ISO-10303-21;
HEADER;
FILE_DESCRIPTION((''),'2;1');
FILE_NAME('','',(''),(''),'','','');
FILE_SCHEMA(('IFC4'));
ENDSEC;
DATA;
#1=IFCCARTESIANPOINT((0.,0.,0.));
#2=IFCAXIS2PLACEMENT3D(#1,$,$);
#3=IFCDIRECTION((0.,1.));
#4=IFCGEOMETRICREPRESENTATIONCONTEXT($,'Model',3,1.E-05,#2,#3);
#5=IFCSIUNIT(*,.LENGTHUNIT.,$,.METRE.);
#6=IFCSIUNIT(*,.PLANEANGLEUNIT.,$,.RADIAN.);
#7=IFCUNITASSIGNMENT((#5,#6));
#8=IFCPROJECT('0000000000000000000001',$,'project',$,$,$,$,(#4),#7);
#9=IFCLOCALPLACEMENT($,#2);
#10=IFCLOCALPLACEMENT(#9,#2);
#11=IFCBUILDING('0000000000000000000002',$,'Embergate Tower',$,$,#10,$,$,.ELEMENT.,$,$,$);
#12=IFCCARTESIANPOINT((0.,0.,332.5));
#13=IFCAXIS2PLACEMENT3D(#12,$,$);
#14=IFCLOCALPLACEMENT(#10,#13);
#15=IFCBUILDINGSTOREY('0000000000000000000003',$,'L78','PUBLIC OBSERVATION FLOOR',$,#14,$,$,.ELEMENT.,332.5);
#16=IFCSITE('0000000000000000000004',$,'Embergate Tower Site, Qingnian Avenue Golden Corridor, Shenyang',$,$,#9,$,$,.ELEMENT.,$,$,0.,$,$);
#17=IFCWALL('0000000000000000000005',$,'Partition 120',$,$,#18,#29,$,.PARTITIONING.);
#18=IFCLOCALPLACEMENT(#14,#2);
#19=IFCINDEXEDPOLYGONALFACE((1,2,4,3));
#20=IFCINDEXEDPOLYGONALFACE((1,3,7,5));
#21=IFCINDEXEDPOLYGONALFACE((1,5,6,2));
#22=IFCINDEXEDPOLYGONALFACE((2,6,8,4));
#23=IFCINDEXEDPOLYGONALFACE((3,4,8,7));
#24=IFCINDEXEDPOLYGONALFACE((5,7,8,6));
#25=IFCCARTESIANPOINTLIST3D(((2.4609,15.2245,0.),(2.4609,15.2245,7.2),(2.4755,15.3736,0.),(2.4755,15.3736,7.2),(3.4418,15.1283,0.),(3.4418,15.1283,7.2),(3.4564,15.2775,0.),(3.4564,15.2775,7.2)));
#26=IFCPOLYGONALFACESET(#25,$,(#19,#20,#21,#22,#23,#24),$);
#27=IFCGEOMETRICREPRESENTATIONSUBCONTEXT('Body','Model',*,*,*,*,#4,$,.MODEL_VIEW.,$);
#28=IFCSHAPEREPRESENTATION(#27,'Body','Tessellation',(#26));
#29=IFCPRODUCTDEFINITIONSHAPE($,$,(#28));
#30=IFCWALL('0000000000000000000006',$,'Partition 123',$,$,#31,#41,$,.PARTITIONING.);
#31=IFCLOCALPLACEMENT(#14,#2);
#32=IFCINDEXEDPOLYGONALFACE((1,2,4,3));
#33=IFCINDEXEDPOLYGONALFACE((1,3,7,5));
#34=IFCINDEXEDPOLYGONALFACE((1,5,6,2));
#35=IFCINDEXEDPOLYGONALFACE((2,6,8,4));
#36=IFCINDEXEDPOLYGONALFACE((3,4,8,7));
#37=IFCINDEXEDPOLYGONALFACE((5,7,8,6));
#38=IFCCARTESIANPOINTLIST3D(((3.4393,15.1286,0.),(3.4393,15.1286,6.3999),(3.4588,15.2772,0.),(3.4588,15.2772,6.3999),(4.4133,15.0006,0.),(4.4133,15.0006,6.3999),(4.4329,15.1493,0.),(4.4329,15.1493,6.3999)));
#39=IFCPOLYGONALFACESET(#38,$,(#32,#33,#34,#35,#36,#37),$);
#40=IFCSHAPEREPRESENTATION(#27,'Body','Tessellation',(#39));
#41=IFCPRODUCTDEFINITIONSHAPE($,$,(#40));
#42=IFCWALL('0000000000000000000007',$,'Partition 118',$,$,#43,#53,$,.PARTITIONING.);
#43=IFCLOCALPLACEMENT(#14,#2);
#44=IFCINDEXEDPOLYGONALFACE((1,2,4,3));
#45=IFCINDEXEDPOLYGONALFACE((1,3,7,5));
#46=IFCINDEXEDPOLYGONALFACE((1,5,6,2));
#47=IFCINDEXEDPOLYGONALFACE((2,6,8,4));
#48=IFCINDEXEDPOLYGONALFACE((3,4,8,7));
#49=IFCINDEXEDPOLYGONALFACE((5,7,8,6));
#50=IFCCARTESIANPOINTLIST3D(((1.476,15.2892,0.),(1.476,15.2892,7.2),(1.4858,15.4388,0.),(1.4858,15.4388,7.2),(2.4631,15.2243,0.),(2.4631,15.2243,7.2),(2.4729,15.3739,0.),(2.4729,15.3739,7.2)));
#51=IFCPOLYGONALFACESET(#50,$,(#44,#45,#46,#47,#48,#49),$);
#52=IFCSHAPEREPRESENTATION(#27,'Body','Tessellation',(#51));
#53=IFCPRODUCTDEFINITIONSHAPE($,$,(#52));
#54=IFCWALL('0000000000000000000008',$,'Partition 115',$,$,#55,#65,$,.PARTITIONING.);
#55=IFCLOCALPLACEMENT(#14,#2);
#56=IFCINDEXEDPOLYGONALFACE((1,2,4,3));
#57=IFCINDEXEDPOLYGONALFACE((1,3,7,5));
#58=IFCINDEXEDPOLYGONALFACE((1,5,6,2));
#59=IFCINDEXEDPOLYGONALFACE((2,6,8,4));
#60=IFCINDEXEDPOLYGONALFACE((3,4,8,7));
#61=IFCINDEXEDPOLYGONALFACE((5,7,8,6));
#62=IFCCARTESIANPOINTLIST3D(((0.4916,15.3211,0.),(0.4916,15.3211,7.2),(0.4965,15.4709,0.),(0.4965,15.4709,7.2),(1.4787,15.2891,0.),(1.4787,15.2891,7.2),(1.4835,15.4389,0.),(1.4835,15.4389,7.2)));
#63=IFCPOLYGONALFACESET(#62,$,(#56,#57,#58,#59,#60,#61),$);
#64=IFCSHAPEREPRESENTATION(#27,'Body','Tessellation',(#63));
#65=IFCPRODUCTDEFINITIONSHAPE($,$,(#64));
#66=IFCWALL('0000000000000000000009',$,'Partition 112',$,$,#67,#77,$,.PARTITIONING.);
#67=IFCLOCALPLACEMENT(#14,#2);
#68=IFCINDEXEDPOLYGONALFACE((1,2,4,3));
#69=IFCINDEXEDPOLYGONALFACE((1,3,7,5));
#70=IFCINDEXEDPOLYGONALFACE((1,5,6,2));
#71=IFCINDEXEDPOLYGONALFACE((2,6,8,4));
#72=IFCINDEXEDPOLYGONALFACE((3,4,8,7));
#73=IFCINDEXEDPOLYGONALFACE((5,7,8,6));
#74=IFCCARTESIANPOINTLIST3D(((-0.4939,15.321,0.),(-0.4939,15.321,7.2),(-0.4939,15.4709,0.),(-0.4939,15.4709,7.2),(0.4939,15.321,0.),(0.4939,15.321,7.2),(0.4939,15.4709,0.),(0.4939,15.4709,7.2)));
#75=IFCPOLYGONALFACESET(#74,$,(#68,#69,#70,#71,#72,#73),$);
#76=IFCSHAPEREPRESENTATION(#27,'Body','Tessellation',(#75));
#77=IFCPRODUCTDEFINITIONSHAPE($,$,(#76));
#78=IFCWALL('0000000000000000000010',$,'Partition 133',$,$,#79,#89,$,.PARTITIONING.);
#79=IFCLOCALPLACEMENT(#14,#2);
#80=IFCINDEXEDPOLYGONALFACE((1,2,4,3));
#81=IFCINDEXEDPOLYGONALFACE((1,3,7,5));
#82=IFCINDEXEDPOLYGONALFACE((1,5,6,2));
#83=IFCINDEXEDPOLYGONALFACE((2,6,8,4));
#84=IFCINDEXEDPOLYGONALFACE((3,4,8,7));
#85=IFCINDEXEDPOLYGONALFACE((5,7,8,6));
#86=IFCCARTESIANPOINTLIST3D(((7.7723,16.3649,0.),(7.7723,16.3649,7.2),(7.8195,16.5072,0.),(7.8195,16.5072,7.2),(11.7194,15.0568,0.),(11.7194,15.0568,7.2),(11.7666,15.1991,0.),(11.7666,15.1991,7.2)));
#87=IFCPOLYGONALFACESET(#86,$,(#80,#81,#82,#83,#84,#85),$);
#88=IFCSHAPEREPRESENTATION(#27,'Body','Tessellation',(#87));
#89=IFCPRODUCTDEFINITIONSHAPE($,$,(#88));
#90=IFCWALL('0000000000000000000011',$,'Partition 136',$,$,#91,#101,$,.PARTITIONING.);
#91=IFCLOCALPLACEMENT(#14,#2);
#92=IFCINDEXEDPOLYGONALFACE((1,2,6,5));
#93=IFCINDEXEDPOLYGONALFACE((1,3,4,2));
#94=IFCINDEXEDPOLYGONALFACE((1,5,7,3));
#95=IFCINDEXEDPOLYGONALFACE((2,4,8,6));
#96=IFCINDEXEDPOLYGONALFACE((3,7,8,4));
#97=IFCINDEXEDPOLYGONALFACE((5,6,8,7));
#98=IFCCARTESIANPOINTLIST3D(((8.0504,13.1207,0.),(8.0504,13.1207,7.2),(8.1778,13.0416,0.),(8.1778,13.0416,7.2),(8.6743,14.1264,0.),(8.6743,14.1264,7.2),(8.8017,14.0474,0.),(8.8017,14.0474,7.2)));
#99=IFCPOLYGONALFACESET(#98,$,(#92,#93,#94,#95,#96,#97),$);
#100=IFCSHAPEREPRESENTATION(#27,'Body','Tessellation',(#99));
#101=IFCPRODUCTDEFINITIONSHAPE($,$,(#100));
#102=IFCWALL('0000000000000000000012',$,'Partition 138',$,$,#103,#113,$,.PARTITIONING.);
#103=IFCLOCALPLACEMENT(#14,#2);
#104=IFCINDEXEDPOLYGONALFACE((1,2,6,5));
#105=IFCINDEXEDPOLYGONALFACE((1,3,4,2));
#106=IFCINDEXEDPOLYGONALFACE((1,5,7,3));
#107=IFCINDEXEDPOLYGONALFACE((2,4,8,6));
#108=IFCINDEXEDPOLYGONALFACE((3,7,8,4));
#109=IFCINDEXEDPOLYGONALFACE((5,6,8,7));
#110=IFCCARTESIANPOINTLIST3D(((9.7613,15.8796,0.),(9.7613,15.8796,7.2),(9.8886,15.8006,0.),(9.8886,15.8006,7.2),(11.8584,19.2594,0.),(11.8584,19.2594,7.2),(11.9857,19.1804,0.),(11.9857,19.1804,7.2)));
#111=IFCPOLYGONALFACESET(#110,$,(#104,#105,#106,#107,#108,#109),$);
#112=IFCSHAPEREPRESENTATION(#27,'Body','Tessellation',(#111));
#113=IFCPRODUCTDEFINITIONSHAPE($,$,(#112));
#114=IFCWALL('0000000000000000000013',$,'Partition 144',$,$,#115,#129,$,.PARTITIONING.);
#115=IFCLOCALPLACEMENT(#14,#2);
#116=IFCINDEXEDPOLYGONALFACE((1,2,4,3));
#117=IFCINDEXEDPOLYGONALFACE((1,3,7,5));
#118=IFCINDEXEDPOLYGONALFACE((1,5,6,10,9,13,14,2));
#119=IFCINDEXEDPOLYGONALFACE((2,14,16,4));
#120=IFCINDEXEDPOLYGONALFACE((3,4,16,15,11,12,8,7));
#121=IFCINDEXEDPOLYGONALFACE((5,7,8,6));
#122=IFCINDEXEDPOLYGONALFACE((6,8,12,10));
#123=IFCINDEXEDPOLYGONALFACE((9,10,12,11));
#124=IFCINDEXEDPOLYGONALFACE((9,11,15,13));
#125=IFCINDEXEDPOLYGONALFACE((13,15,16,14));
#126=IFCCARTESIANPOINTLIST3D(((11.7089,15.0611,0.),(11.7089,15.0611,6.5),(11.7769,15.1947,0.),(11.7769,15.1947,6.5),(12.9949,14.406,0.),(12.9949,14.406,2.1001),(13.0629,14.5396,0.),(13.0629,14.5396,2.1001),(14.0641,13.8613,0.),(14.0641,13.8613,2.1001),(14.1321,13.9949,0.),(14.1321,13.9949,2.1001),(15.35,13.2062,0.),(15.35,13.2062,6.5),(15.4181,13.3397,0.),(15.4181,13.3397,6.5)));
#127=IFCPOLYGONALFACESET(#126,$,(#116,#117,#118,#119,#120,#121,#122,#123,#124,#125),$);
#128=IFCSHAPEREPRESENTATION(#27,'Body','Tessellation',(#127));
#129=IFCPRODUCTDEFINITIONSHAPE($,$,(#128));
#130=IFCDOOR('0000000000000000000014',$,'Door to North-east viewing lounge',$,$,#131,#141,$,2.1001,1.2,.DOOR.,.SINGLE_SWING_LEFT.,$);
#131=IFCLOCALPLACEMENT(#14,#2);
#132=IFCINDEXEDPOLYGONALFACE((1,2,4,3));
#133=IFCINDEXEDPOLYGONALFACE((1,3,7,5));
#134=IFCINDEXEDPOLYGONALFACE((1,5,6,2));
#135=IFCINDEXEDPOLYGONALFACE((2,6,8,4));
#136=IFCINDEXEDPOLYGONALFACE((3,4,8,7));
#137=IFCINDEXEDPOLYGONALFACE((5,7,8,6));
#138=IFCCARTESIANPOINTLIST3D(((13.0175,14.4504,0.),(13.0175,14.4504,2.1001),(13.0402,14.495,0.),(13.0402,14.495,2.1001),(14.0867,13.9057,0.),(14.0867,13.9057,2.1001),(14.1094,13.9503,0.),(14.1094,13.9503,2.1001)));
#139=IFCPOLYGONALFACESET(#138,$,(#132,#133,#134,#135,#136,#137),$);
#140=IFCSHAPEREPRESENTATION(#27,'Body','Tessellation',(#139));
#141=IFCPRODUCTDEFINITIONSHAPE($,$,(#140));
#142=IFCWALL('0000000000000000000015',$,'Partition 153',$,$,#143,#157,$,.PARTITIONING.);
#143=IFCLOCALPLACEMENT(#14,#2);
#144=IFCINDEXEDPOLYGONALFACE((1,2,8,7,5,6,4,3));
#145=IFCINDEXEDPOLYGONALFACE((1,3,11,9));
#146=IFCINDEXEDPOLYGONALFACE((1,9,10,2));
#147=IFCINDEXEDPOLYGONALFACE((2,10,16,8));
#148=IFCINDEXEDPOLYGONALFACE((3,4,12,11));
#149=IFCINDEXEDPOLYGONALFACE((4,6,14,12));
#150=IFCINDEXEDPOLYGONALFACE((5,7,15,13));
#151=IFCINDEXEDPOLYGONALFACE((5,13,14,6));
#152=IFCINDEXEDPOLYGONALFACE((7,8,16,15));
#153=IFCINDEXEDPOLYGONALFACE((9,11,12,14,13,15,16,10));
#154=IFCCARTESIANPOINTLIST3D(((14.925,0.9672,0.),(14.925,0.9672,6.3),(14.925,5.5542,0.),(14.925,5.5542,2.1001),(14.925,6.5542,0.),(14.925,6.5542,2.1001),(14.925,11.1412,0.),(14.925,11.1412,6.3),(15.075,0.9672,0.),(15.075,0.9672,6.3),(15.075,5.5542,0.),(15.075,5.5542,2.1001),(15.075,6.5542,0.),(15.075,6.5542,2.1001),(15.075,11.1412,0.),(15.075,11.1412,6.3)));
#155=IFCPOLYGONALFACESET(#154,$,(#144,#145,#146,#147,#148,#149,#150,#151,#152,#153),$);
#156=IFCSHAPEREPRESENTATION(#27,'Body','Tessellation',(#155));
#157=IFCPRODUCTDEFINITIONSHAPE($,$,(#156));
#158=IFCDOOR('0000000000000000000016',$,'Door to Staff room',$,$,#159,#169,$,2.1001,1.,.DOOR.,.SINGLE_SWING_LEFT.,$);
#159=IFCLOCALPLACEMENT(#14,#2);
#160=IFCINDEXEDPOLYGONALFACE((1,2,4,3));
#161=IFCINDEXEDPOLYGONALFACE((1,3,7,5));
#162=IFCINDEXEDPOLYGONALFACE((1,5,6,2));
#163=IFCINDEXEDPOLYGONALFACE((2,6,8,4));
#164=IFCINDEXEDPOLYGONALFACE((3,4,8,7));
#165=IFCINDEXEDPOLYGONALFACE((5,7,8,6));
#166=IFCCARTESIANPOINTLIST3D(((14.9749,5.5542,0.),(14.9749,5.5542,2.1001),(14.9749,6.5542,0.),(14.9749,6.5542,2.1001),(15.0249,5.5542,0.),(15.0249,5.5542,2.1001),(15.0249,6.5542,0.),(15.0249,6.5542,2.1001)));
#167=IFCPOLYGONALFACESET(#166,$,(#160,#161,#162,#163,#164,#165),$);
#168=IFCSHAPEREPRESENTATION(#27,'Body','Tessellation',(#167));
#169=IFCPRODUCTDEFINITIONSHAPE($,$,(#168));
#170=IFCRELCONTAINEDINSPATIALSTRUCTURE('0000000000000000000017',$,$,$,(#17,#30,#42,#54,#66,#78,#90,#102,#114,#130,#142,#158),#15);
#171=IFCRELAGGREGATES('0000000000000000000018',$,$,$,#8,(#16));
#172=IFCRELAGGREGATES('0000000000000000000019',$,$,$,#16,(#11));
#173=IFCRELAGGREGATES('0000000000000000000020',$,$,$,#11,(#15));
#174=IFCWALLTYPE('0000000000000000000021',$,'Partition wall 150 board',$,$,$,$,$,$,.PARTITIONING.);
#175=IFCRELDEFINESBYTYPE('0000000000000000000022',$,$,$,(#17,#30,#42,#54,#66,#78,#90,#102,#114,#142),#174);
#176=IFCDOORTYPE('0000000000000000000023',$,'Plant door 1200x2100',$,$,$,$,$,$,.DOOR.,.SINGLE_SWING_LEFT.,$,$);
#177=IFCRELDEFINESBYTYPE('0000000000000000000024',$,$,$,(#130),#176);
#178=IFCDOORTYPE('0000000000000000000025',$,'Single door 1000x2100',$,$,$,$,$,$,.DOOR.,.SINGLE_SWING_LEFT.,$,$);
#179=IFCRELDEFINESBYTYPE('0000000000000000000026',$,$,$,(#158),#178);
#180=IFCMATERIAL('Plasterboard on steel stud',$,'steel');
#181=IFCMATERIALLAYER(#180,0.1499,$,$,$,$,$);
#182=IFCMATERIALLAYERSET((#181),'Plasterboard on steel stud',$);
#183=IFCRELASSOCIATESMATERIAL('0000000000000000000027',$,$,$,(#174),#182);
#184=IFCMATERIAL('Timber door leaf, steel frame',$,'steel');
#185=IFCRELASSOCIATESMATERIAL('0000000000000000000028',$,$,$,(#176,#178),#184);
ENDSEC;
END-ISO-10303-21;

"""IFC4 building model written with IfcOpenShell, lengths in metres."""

from ifc_helpers import new_model, si_unit, direction, frame, frame_2d, origin, place, context, subcontext, project, spatial, rectangle, extrude, source, transform, mapped, material, layer, layer_set, type_object, element, fill, save


model = new_model("IFC4")

# Units and contexts
model_context = context("Model", 3, precision=1e-05, world=origin(), true_north=direction((0.0, 1.0)))
body_context = subcontext(model_context, "Body", "Model", "MODEL_VIEW")
ifc_project = project(units=[si_unit("LENGTHUNIT", "METRE"), si_unit("PLANEANGLEUNIT", "RADIAN")], contexts=[model_context])

# Site, building, storey
site_placement = place(None, origin())
site = spatial("IfcSite", under=ifc_project, at=site_placement, Name="Embergate Tower Site, Qingnian Avenue Golden Corridor, Shenyang", CompositionType="ELEMENT", RefElevation=0.0)
building_placement = place(site_placement, origin())
building = spatial("IfcBuilding", under=site, at=building_placement, Name="Embergate Tower", CompositionType="ELEMENT")
storey_placement = place(building_placement, frame((0.0, 0.0, 332.5)))
storey = spatial("IfcBuildingStorey", under=building, at=storey_placement, Name="L78", Description="PUBLIC OBSERVATION FLOOR", CompositionType="ELEMENT", Elevation=332.5)

# Walls
ifc_material_1 = material(Name="Plasterboard on steel stud", Category="steel")
ifc_layer_1 = layer(ifc_material_1, 0.1499)
ifc_layer_set_1 = layer_set([ifc_layer_1], Name="Plasterboard on steel stud")
wall_type_1 = type_object("IfcWallType", Name="Partition wall 150 board", PredefinedType="PARTITIONING", material=ifc_layer_set_1)
shared_shape_1 = source(origin(), body_context, "Body", "SweptSolid", [
    extrude(rectangle(XDim=0.9856, YDim=0.1499, at=frame_2d((0.4927, 0.0))), origin(), (0.0, 0.0, 1.0), 7.2),
])
wall_1_placement = place(storey_placement, frame((3.449, 15.2029, 0.0), z_axis=(0.0, 0.0, 1.0), x_axis=(-0.995227, 0.097591, 0.0)))
element("IfcWall", 1, at=wall_1_placement, inside=storey, type_object=wall_type_1, Name="Partition 120", PredefinedType="PARTITIONING", context=body_context, shape_type="MappedRepresentation", body=[
    mapped(shared_shape_1, transform((0.0, 0.0, 0.0))),
])
shared_shape_2 = source(origin(), body_context, "Body", "SweptSolid", [
    extrude(rectangle(XDim=0.9824, YDim=0.1499, at=frame_2d((0.4912, 0.0))), origin(), (0.0, 0.0, 1.0), 6.3999),
])
wall_2_placement = place(storey_placement, frame((4.4231, 15.075, 0.0), z_axis=(0.0, 0.0, 1.0), x_axis=(-0.991486, 0.13021, 0.0)))
element("IfcWall", 2, at=wall_2_placement, inside=storey, type_object=wall_type_1, Name="Partition 123", PredefinedType="PARTITIONING", context=body_context, shape_type="MappedRepresentation", body=[
    mapped(shared_shape_2, transform((0.0, 0.0, 0.0))),
])
shared_shape_3 = source(origin(), body_context, "Body", "SweptSolid", [
    extrude(rectangle(XDim=0.9893, YDim=0.1499, at=frame_2d((0.4946, 0.0))), origin(), (0.0, 0.0, 1.0), 7.2),
])
wall_3_placement = place(storey_placement, frame((2.468, 15.2991, 0.0), z_axis=(0.0, 0.0, 1.0), x_axis=(-0.997843, 0.065651, 0.0)))
element("IfcWall", 3, at=wall_3_placement, inside=storey, type_object=wall_type_1, Name="Partition 118", PredefinedType="PARTITIONING", context=body_context, shape_type="MappedRepresentation", body=[
    mapped(shared_shape_3, transform((0.0, 0.0, 0.0))),
])
shared_shape_4 = source(origin(), body_context, "Body", "SweptSolid", [
    extrude(rectangle(XDim=0.9875, YDim=0.1499, at=frame_2d((0.4937, 0.0))), origin(), (0.0, 0.0, 1.0), 7.2),
])
wall_4_placement = place(storey_placement, frame((1.481, 15.364, 0.0), z_axis=(0.0, 0.0, 1.0), x_axis=(-0.999475, 0.032385, 0.0)))
element("IfcWall", 4, at=wall_4_placement, inside=storey, type_object=wall_type_1, Name="Partition 115", PredefinedType="PARTITIONING", context=body_context, shape_type="MappedRepresentation", body=[
    mapped(shared_shape_4, transform((0.0, 0.0, 0.0))),
])
shared_shape_5 = source(origin(), body_context, "Body", "SweptSolid", [
    extrude(rectangle(XDim=0.9878, YDim=0.1499, at=frame_2d((0.4939, 0.0))), origin(), (0.0, 0.0, 1.0), 7.2),
])
wall_5_placement = place(storey_placement, frame((0.4939, 15.396, 0.0), z_axis=(0.0, 0.0, 1.0), x_axis=(-1.0, 0.0, 0.0)))
element("IfcWall", 5, at=wall_5_placement, inside=storey, type_object=wall_type_1, Name="Partition 112", PredefinedType="PARTITIONING", context=body_context, shape_type="MappedRepresentation", body=[
    mapped(shared_shape_5, transform((0.0, 0.0, 0.0))),
])
shared_shape_6 = source(origin(), body_context, "Body", "SweptSolid", [
    extrude(rectangle(XDim=4.1582, YDim=0.1499, at=frame_2d((2.0791, 0.0))), origin(), (0.0, 0.0, 1.0), 7.2),
])
wall_6_placement = place(storey_placement, frame((7.7959, 16.436, 0.0), z_axis=(0.0, 0.0, 1.0), x_axis=(0.949228, -0.314589, 0.0)))
element("IfcWall", 6, at=wall_6_placement, inside=storey, type_object=wall_type_1, Name="Partition 133", PredefinedType="PARTITIONING", context=body_context, shape_type="MappedRepresentation", body=[
    mapped(shared_shape_6, transform((0.0, 0.0, 0.0))),
])
shared_shape_7 = source(origin(), body_context, "Body", "SweptSolid", [
    extrude(rectangle(XDim=1.1836, YDim=0.1499, at=frame_2d((0.5918, 0.0))), origin(), (0.0, 0.0, 1.0), 7.2),
])
wall_7_placement = place(storey_placement, frame((8.738, 14.0869, 0.0), z_axis=(0.0, 0.0, 1.0), x_axis=(-0.527178, -0.849755, 0.0)))
element("IfcWall", 7, at=wall_7_placement, inside=storey, type_object=wall_type_1, Name="Partition 136", PredefinedType="PARTITIONING", context=body_context, shape_type="MappedRepresentation", body=[
    mapped(shared_shape_7, transform((0.0, 0.0, 0.0))),
])
shared_shape_8 = source(origin(), body_context, "Body", "SweptSolid", [
    extrude(rectangle(XDim=3.9775, YDim=0.1499, at=frame_2d((1.9888, 0.0))), origin(), (0.0, 0.0, 1.0), 7.2),
])
wall_8_placement = place(storey_placement, frame((9.825, 15.8401, 0.0), z_axis=(0.0, 0.0, 1.0), x_axis=(0.527238, 0.849718, 0.0)))
element("IfcWall", 8, at=wall_8_placement, inside=storey, type_object=wall_type_1, Name="Partition 138", PredefinedType="PARTITIONING", context=body_context, shape_type="MappedRepresentation", body=[
    mapped(shared_shape_8, transform((0.0, 0.0, 0.0))),
])

# Walls, openings, doors
shared_shape_9 = source(origin(), body_context, "Body", "SweptSolid", [
    extrude(rectangle(XDim=4.0864, YDim=0.1499, at=frame_2d((2.0432, 0.0))), origin(), (0.0, 0.0, 1.0), 6.5),
])
wall_9_placement = place(storey_placement, frame((11.7429, 15.1279, 0.0), z_axis=(0.0, 0.0, 1.0), x_axis=(0.891032, -0.45394, 0.0)))
wall_9 = element("IfcWall", 9, at=wall_9_placement, inside=storey, type_object=wall_type_1, Name="Partition 144", PredefinedType="PARTITIONING", context=body_context, shape_type="MappedRepresentation", body=[
    mapped(shared_shape_9, transform((0.0, 0.0, 0.0))),
])
shared_shape_10 = source(origin(), body_context, "Body", "SweptSolid", [
    extrude(rectangle(XDim=1.2, YDim=2.1001, at=frame_2d((0.6001, 1.05))), frame((0.0, 0.085, 0.0), z_axis=(0.0, -1.0, 0.0), x_axis=(1.0, 0.0, 0.0)), (0.0, 0.0, 1.0), 0.1699),
])
opening_1_placement = place(wall_9_placement, frame((1.4431, 0.0, 0.0)))
opening_1 = element("IfcOpeningElement", 10, at=opening_1_placement, cuts=wall_9, PredefinedType="OPENING", context=body_context, shape_type="MappedRepresentation", body=[
    mapped(shared_shape_10, transform((0.0, 0.0, 0.0))),
])
ifc_material_2 = material(Name="Timber door leaf, steel frame", Category="steel")
door_type_1 = type_object("IfcDoorType", Name="Plant door 1200x2100", OperationType="SINGLE_SWING_LEFT", PredefinedType="DOOR", material=ifc_material_2)
shared_shape_11 = source(origin(), body_context, "Body", "SweptSolid", [
    extrude(rectangle(XDim=1.2, YDim=2.1001, at=frame_2d((0.6001, 1.05))), frame((0.0, 0.0249, 0.0), z_axis=(0.0, -1.0, 0.0), x_axis=(1.0, 0.0, 0.0)), (0.0, 0.0, 1.0), 0.05),
])
door_1_placement = place(opening_1_placement, origin())
door_1 = element("IfcDoor", 11, at=door_1_placement, inside=storey, type_object=door_type_1, Name="Door to North-east viewing lounge", OperationType="SINGLE_SWING_LEFT", OverallHeight=2.1001, OverallWidth=1.2, PredefinedType="DOOR", context=body_context, shape_type="MappedRepresentation", body=[
    mapped(shared_shape_11, transform((0.0, 0.0, 0.0))),
])
fill(opening_1, door_1)
shared_shape_12 = source(origin(), body_context, "Body", "SweptSolid", [
    extrude(rectangle(XDim=10.1741, YDim=0.1499, at=frame_2d((5.0869, 0.0))), origin(), (0.0, 0.0, 1.0), 6.3),
])
wall_10_placement = place(storey_placement, frame((15.0, 11.1411, 0.0), z_axis=(0.0, 0.0, 1.0), x_axis=(0.0, -1.0, 0.0)))
wall_10 = element("IfcWall", 12, at=wall_10_placement, inside=storey, type_object=wall_type_1, Name="Partition 153", PredefinedType="PARTITIONING", context=body_context, shape_type="MappedRepresentation", body=[
    mapped(shared_shape_12, transform((0.0, 0.0, 0.0))),
])
shared_shape_13 = source(origin(), body_context, "Body", "SweptSolid", [
    extrude(rectangle(XDim=1.0, YDim=2.1001, at=frame_2d((0.5, 1.05))), frame((0.0, 0.085, 0.0), z_axis=(0.0, -1.0, 0.0), x_axis=(1.0, 0.0, 0.0)), (0.0, 0.0, 1.0), 0.1699),
])
opening_2_placement = place(wall_10_placement, frame((4.5869, 0.0, 0.0)))
opening_2 = element("IfcOpeningElement", 13, at=opening_2_placement, cuts=wall_10, PredefinedType="OPENING", context=body_context, shape_type="MappedRepresentation", body=[
    mapped(shared_shape_13, transform((0.0, 0.0, 0.0))),
])
door_type_2 = type_object("IfcDoorType", Name="Single door 1000x2100", OperationType="SINGLE_SWING_LEFT", PredefinedType="DOOR", material=ifc_material_2)
shared_shape_14 = source(origin(), body_context, "Body", "SweptSolid", [
    extrude(rectangle(XDim=1.0, YDim=2.1001, at=frame_2d((0.5, 1.05))), frame((0.0, 0.0249, 0.0), z_axis=(0.0, -1.0, 0.0), x_axis=(1.0, 0.0, 0.0)), (0.0, 0.0, 1.0), 0.05),
])
door_2_placement = place(opening_2_placement, origin())
door_2 = element("IfcDoor", 14, at=door_2_placement, inside=storey, type_object=door_type_2, Name="Door to Staff room", OperationType="SINGLE_SWING_LEFT", OverallHeight=2.1001, OverallWidth=1.0, PredefinedType="DOOR", context=body_context, shape_type="MappedRepresentation", body=[
    mapped(shared_shape_14, transform((0.0, 0.0, 0.0))),
])
fill(opening_2, door_2)

save(model, "model.ifc")
